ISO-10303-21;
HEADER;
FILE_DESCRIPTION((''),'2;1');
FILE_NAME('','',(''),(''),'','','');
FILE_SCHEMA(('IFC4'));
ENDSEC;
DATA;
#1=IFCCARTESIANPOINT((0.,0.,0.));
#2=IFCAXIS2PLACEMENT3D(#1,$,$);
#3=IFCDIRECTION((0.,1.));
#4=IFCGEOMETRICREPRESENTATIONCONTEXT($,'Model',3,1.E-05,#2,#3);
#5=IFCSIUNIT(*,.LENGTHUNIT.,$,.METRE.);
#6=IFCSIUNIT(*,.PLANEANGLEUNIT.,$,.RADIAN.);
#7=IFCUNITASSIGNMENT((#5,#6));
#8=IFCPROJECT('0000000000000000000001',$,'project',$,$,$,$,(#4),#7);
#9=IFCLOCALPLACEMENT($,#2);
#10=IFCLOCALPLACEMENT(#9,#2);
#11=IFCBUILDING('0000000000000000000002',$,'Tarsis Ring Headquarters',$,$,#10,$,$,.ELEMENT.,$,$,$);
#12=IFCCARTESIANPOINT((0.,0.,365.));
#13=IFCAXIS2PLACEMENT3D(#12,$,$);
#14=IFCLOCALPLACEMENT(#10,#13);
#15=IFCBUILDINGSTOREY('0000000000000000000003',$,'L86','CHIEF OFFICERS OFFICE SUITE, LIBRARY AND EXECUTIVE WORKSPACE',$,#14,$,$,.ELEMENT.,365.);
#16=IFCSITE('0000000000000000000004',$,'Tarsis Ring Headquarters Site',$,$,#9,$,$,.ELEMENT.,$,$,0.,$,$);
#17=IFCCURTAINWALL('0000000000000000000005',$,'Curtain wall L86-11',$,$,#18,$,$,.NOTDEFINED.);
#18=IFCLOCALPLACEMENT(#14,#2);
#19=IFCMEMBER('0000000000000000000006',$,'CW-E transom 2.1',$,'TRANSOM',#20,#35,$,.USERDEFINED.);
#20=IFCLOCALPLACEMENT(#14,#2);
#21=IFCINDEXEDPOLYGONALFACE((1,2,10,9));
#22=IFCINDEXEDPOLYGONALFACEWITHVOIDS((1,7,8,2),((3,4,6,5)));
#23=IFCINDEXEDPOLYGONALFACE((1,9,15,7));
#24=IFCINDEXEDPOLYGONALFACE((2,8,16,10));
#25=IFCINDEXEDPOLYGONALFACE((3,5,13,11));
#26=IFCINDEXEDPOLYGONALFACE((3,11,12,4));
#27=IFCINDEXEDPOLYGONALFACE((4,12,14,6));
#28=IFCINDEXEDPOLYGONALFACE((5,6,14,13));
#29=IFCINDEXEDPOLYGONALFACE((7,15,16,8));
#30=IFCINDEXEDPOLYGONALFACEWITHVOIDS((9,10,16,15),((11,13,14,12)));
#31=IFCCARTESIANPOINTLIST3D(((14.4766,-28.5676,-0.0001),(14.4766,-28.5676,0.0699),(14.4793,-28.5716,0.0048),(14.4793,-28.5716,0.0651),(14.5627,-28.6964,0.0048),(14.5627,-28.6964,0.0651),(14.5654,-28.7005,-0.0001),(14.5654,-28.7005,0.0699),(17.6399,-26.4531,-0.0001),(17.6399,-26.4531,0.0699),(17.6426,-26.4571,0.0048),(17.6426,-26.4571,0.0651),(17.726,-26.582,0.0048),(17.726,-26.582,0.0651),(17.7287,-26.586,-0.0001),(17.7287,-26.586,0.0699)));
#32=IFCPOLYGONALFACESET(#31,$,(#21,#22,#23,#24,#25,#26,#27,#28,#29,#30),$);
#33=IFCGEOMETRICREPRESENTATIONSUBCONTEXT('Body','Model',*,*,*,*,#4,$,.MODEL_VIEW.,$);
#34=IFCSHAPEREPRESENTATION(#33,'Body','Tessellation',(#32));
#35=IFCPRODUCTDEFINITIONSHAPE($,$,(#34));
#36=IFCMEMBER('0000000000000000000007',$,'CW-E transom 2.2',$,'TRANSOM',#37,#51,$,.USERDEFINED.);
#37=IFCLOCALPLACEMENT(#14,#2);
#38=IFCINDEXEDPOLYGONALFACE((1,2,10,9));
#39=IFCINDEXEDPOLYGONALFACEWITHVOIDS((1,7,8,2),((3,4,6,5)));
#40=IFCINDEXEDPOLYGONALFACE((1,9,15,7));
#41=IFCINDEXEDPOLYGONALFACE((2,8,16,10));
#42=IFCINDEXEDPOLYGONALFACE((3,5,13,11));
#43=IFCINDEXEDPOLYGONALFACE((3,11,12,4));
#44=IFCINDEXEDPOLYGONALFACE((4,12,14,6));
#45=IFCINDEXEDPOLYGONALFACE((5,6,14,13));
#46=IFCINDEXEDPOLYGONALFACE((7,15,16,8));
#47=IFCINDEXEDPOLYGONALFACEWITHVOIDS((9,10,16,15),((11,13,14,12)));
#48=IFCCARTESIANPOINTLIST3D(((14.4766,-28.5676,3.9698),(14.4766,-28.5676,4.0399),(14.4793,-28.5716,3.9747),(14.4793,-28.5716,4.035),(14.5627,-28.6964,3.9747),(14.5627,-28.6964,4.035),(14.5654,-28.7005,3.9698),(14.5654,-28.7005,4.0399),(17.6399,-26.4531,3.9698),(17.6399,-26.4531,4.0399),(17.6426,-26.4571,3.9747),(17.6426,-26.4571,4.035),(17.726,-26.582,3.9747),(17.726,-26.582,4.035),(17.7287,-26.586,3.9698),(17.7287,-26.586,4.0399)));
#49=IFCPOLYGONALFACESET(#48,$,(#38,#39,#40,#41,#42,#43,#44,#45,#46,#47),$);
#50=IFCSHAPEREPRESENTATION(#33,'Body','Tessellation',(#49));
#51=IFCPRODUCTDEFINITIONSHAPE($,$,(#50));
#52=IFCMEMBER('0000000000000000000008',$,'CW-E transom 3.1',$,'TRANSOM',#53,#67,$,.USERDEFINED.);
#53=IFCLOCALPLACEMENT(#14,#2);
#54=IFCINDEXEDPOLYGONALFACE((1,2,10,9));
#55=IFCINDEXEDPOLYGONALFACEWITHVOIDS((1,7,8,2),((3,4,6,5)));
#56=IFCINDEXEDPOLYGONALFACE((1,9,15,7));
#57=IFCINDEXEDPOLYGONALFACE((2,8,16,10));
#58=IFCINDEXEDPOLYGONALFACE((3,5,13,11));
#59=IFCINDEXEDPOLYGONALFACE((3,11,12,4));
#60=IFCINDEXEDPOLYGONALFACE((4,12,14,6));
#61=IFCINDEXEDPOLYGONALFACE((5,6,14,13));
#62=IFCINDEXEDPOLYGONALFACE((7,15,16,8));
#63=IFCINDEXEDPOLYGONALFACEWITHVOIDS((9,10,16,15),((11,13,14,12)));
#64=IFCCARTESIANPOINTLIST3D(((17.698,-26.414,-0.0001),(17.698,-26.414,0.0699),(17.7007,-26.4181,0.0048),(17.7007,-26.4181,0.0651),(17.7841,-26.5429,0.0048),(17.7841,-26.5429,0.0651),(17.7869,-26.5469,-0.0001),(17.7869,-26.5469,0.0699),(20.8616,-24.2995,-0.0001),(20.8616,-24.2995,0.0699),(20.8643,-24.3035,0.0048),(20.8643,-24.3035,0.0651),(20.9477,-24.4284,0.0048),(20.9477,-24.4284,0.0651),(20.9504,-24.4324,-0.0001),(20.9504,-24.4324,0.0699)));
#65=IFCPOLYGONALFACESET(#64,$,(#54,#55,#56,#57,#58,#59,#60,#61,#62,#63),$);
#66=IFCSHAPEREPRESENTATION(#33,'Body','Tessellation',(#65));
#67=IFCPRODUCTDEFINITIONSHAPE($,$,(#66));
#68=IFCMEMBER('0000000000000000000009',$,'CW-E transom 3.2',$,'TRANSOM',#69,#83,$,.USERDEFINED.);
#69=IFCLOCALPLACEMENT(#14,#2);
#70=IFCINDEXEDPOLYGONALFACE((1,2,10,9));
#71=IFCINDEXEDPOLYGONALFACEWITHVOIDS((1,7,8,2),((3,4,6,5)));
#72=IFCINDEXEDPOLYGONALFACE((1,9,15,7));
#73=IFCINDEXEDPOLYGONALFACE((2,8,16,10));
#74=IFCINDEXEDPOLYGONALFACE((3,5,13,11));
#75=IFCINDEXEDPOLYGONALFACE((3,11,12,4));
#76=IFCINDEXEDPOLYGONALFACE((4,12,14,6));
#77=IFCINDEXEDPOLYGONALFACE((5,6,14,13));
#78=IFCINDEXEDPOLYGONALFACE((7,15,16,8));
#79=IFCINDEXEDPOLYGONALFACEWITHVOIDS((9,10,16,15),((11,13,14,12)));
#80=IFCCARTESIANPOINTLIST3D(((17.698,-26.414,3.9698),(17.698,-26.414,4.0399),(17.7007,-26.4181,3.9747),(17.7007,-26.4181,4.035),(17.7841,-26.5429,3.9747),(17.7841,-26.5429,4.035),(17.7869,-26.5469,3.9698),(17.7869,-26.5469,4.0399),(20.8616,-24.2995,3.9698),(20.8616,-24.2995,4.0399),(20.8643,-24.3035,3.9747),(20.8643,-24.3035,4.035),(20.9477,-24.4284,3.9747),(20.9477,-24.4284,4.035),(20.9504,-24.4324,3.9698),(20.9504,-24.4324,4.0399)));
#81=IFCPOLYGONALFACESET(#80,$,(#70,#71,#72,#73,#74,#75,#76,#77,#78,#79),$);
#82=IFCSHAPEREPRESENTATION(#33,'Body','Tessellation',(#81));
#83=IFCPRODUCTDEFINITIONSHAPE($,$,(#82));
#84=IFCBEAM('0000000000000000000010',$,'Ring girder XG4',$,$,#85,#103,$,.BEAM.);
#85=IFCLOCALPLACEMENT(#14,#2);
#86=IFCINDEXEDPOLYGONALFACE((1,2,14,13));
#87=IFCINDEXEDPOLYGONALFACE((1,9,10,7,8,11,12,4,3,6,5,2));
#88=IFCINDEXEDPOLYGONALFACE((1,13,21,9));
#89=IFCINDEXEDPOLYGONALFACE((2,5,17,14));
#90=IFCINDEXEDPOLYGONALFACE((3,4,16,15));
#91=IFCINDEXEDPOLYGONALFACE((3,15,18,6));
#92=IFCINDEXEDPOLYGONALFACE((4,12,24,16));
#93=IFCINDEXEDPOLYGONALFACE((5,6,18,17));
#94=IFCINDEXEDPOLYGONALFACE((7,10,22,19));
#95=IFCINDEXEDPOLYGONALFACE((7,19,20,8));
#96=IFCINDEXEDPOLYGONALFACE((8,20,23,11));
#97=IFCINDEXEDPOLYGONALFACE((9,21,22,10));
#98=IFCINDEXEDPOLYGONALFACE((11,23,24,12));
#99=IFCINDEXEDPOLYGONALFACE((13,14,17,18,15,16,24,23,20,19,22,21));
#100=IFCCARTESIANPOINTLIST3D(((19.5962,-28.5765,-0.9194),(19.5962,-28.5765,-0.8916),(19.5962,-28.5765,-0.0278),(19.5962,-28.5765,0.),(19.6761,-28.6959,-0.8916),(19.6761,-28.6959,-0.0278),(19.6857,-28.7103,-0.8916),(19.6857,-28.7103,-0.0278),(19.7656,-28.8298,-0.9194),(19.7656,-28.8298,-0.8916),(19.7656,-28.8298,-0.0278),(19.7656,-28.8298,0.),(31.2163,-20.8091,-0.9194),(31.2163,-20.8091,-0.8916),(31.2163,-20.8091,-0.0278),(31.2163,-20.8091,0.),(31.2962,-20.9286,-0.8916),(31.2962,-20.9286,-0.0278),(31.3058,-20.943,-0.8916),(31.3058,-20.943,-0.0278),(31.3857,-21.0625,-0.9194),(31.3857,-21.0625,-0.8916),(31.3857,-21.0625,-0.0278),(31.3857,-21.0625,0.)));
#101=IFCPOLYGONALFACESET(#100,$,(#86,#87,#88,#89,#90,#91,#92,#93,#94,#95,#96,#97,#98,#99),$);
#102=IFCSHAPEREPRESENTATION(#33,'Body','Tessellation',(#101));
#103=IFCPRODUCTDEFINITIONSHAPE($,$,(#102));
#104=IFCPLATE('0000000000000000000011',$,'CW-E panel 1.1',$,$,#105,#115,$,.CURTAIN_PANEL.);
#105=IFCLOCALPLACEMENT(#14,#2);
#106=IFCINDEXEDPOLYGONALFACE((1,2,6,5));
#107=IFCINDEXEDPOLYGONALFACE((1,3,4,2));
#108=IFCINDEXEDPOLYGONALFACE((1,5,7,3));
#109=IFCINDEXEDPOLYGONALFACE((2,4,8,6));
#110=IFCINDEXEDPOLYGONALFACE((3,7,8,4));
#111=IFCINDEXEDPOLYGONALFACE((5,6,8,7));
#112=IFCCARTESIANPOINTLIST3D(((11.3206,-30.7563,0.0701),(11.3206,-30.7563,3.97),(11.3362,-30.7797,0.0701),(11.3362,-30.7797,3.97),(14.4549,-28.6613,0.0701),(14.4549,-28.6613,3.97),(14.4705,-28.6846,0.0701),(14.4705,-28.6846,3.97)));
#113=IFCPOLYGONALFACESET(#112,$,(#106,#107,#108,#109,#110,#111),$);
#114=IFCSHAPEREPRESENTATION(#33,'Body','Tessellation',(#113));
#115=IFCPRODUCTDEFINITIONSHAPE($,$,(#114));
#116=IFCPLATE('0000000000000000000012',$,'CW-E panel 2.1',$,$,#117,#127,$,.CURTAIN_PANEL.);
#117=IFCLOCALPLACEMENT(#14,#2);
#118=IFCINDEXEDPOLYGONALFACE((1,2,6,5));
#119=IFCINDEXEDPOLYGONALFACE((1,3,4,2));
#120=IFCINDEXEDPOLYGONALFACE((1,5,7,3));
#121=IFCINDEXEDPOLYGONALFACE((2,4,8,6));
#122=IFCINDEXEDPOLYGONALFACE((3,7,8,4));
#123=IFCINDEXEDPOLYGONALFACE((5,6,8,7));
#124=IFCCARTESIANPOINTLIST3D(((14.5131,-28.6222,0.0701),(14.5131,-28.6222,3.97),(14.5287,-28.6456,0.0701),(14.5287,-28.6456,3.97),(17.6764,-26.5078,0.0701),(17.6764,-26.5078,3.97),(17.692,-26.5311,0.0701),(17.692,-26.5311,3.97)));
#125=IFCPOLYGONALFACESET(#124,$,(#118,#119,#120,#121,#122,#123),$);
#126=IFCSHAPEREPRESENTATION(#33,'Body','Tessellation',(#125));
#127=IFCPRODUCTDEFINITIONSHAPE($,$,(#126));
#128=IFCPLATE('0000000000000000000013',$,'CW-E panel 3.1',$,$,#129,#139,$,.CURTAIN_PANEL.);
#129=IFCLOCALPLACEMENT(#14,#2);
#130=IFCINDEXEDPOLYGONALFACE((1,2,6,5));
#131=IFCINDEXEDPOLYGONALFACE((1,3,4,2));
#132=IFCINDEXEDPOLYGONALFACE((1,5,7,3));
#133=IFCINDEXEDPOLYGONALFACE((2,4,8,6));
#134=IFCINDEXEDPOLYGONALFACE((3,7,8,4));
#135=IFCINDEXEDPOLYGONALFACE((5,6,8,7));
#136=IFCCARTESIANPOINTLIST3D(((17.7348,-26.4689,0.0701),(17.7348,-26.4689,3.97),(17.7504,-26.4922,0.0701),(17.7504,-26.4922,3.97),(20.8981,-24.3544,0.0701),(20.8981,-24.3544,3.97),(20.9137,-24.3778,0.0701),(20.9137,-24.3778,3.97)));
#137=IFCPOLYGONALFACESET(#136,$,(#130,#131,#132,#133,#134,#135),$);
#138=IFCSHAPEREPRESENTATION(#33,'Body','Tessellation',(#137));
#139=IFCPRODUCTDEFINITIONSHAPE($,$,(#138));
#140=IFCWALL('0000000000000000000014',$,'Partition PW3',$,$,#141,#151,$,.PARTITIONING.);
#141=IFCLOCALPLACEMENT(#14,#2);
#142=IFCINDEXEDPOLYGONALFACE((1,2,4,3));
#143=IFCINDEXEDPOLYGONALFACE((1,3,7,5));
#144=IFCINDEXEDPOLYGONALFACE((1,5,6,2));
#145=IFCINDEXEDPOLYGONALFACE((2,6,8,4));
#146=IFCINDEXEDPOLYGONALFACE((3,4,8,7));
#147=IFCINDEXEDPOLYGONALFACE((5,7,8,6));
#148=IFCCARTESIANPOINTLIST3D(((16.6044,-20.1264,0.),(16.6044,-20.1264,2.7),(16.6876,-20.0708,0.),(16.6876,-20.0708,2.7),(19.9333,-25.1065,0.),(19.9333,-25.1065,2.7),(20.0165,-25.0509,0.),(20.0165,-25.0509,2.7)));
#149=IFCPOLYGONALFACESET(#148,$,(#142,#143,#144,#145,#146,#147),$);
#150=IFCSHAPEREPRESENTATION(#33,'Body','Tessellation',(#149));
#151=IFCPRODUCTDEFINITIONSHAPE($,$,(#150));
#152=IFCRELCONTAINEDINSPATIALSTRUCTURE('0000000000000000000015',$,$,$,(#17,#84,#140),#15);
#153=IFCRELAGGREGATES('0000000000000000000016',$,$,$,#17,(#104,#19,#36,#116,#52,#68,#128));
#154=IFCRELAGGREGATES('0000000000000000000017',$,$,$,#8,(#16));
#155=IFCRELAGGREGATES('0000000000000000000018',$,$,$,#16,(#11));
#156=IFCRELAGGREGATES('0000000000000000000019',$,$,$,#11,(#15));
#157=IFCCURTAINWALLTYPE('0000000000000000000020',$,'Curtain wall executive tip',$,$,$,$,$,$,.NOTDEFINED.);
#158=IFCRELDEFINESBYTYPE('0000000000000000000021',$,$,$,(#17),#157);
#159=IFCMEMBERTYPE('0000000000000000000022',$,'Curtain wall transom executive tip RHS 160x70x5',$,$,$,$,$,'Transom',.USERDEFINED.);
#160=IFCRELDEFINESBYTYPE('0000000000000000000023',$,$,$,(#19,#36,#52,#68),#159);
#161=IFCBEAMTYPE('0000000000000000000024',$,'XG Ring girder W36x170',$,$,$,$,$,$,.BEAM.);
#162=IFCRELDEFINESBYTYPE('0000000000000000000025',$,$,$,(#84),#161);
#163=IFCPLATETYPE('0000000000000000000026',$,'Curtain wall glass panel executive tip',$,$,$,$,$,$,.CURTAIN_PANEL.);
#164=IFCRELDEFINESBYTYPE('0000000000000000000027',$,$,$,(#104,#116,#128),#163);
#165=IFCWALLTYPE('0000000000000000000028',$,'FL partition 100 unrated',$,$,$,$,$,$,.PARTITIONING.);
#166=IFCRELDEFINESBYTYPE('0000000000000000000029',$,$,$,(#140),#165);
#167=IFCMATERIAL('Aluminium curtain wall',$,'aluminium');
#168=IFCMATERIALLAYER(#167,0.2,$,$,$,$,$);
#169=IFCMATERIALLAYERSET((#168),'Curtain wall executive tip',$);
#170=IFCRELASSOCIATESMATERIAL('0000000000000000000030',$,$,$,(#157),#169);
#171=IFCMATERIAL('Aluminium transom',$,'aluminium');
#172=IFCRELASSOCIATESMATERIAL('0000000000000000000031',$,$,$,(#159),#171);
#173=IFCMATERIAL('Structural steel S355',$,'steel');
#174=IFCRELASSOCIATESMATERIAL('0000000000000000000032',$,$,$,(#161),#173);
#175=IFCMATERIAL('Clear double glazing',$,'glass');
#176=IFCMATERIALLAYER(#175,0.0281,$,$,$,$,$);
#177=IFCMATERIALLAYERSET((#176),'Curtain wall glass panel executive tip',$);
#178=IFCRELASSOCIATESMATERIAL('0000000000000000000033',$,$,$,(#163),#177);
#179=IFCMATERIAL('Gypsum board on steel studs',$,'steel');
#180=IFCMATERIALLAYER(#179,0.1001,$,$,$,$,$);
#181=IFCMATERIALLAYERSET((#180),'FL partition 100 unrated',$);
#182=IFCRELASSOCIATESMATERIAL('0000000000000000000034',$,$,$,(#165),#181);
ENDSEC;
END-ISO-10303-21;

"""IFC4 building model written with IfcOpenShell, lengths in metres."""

from ifc_helpers import new_model, si_unit, direction, frame, frame_2d, origin, origin_2d, place, context, subcontext, project, spatial, rectangle, hollow_rectangle, i_section, extrude, material, layer, layer_set, material_profile, profile_set, type_object, element, aggregate, save


model = new_model("IFC4")

# Units and contexts
model_context = context("Model", 3, precision=1e-05, world=origin(), true_north=direction((0.0, 1.0)))
body_context = subcontext(model_context, "Body", "Model", "MODEL_VIEW")
ifc_project = project(units=[si_unit("LENGTHUNIT", "METRE"), si_unit("PLANEANGLEUNIT", "RADIAN")], contexts=[model_context])

# Site, building, storey
site_placement = place(None, origin())
site = spatial("IfcSite", under=ifc_project, at=site_placement, Name="Tarsis Ring Headquarters Site", CompositionType="ELEMENT", RefElevation=0.0)
building_placement = place(site_placement, origin())
building = spatial("IfcBuilding", under=site, at=building_placement, Name="Tarsis Ring Headquarters", CompositionType="ELEMENT")
storey_placement = place(building_placement, frame((0.0, 0.0, 365.0)))
storey = spatial("IfcBuildingStorey", under=building, at=storey_placement, Name="L86", Description="CHIEF OFFICERS OFFICE SUITE, LIBRARY AND EXECUTIVE WORKSPACE", CompositionType="ELEMENT", Elevation=365.0)

# Shared definitions
ifc_material_1 = material(Name="Structural steel S355", Category="steel")

# Curtain wall, members
ifc_material_2 = material(Name="Aluminium curtain wall", Category="aluminium")
ifc_layer_1 = layer(ifc_material_2, 0.2)
ifc_layer_set_1 = layer_set([ifc_layer_1], Name="Curtain wall executive tip")
curtain_wall_type = type_object("IfcCurtainWallType", Name="Curtain wall executive tip", PredefinedType="NOTDEFINED", material=ifc_layer_set_1)
curtain_wall_placement = place(storey_placement, origin())
curtain_wall = element("IfcCurtainWall", 1, at=curtain_wall_placement, inside=storey, type_object=curtain_wall_type, Name="Curtain wall L86-11", PredefinedType="NOTDEFINED")
ifc_material_3 = material(Name="Aluminium transom", Category="aluminium")
ifc_material_profile_1 = material_profile(ifc_material_3, hollow_rectangle(XDim=0.1599, YDim=0.0701, WallThickness=0.0049, at=origin_2d()), Name="RHS 160x70x5")
ifc_profile_set_1 = profile_set([ifc_material_profile_1], Name="Aluminium transom")
member_type_1 = type_object("IfcMemberType", Name="Curtain wall transom executive tip RHS 160x70x5", ElementType="Transom", PredefinedType="USERDEFINED", material=ifc_profile_set_1)
member_1_placement = place(storey_placement, frame((14.521, -28.634, 0.0349), z_axis=(0.831369, 0.555721, 0.0), x_axis=(-0.555721, 0.831369, 0.0)))
member_1 = element("IfcMember", 2, at=member_1_placement, type_object=member_type_1, Name="CW-E transom 2.1", ObjectType="TRANSOM", PredefinedType="USERDEFINED", context=body_context, shape_type="SweptSolid", body=[
    extrude(hollow_rectangle(XDim=0.1599, YDim=0.0701, WallThickness=0.0049, at=origin_2d()), origin(), (0.0, 0.0, 1.0), 3.8049),
])
member_2_placement = place(storey_placement, frame((14.521, -28.634, 4.0049), z_axis=(0.831369, 0.555721, 0.0), x_axis=(-0.555721, 0.831369, 0.0)))
member_2 = element("IfcMember", 3, at=member_2_placement, type_object=member_type_1, Name="CW-E transom 2.2", ObjectType="TRANSOM", PredefinedType="USERDEFINED", context=body_context, shape_type="SweptSolid", body=[
    extrude(hollow_rectangle(XDim=0.1599, YDim=0.0701, WallThickness=0.0049, at=origin_2d()), origin(), (0.0, 0.0, 1.0), 3.8049),
])
member_3_placement = place(storey_placement, frame((17.7424, -26.4805, 0.0349), z_axis=(0.831388, 0.555692, 0.0), x_axis=(-0.555692, 0.831388, 0.0)))
member_3 = element("IfcMember", 4, at=member_3_placement, type_object=member_type_1, Name="CW-E transom 3.1", ObjectType="TRANSOM", PredefinedType="USERDEFINED", context=body_context, shape_type="SweptSolid", body=[
    extrude(hollow_rectangle(XDim=0.1599, YDim=0.0701, WallThickness=0.0049, at=origin_2d()), origin(), (0.0, 0.0, 1.0), 3.8052),
])
member_4_placement = place(storey_placement, frame((17.7424, -26.4805, 4.0049), z_axis=(0.831388, 0.555692, 0.0), x_axis=(-0.555692, 0.831388, 0.0)))
member_4 = element("IfcMember", 5, at=member_4_placement, type_object=member_type_1, Name="CW-E transom 3.2", ObjectType="TRANSOM", PredefinedType="USERDEFINED", context=body_context, shape_type="SweptSolid", body=[
    extrude(hollow_rectangle(XDim=0.1599, YDim=0.0701, WallThickness=0.0049, at=origin_2d()), origin(), (0.0, 0.0, 1.0), 3.8052),
])

# Beam
ifc_material_profile_2 = material_profile(ifc_material_1, i_section(OverallWidth=0.3047, OverallDepth=0.9194, WebThickness=0.0173, FlangeThickness=0.0278, at=origin_2d()), Name="W36x170")
ifc_profile_set_2 = profile_set([ifc_material_profile_2], Name="Structural steel S355")
beam_type = type_object("IfcBeamType", Name="XG Ring girder W36x170", PredefinedType="BEAM", material=ifc_profile_set_2)
beam_placement = place(storey_placement, frame((19.6809, -28.7031, -0.4597), z_axis=(0.83137, 0.55572, 0.0), x_axis=(-0.55572, 0.83137, 0.0)))
element("IfcBeam", 6, at=beam_placement, inside=storey, type_object=beam_type, Name="Ring girder XG4", PredefinedType="BEAM", context=body_context, shape_type="SweptSolid", body=[
    extrude(i_section(OverallWidth=0.3047, OverallDepth=0.9194, WebThickness=0.0173, FlangeThickness=0.0278, at=origin_2d()), origin(), (0.0, 0.0, 1.0), 13.9771),
])

# Plates
ifc_material_4 = material(Name="Clear double glazing", Category="glass")
ifc_layer_2 = layer(ifc_material_4, 0.0281)
ifc_layer_set_2 = layer_set([ifc_layer_2], Name="Curtain wall glass panel executive tip")
plate_type = type_object("IfcPlateType", Name="Curtain wall glass panel executive tip", PredefinedType="CURTAIN_PANEL", material=ifc_layer_set_2)
plate_1_placement = place(storey_placement, frame((12.8955, -29.7205, 0.0701), z_axis=(0.0, 0.0, 1.0), x_axis=(0.831373, 0.555715, 0.0)))
plate_1 = element("IfcPlate", 7, at=plate_1_placement, type_object=plate_type, Name="CW-E panel 1.1", PredefinedType="CURTAIN_PANEL", context=body_context, shape_type="SweptSolid", body=[
    extrude(rectangle(XDim=3.77, YDim=0.0281, at=origin_2d()), origin(), (0.0, 0.0, 1.0), 3.8999),
])
plate_2_placement = place(storey_placement, frame((16.1025, -27.5767, 0.0701), z_axis=(0.0, 0.0, 1.0), x_axis=(0.831373, 0.555715, 0.0)))
plate_2 = element("IfcPlate", 8, at=plate_2_placement, type_object=plate_type, Name="CW-E panel 2.1", PredefinedType="CURTAIN_PANEL", context=body_context, shape_type="SweptSolid", body=[
    extrude(rectangle(XDim=3.8049, YDim=0.0281, at=origin_2d()), origin(), (0.0, 0.0, 1.0), 3.8999),
])
plate_3_placement = place(storey_placement, frame((19.3242, -25.4233, 0.0701), z_axis=(0.0, 0.0, 1.0), x_axis=(0.831373, 0.555715, 0.0)))
plate_3 = element("IfcPlate", 9, at=plate_3_placement, type_object=plate_type, Name="CW-E panel 3.1", PredefinedType="CURTAIN_PANEL", context=body_context, shape_type="SweptSolid", body=[
    extrude(rectangle(XDim=3.8049, YDim=0.0281, at=origin_2d()), origin(), (0.0, 0.0, 1.0), 3.8999),
])
aggregate(curtain_wall, [plate_1, member_1, member_2, plate_2, member_3, member_4, plate_3])

# Wall
ifc_material_5 = material(Name="Gypsum board on steel studs", Category="steel")
ifc_layer_3 = layer(ifc_material_5, 0.1001)
ifc_layer_set_3 = layer_set([ifc_layer_3], Name="FL partition 100 unrated")
wall_type_1 = type_object("IfcWallType", Name="FL partition 100 unrated", PredefinedType="PARTITIONING", material=ifc_layer_set_3)
wall_1_placement = place(storey_placement, frame((16.646, -20.0986, 0.0), z_axis=(0.0, 0.0, 1.0), x_axis=(0.555725, -0.831366, 0.0)))
element("IfcWall", 10, at=wall_1_placement, inside=storey, type_object=wall_type_1, Name="Partition PW3", PredefinedType="PARTITIONING", context=body_context, shape_type="SweptSolid", body=[
    extrude(rectangle(XDim=5.9902, YDim=0.1001, at=frame_2d((2.9951, 0.0))), origin(), (0.0, 0.0, 1.0), 2.7),
])

save(model, "model.ifc")
